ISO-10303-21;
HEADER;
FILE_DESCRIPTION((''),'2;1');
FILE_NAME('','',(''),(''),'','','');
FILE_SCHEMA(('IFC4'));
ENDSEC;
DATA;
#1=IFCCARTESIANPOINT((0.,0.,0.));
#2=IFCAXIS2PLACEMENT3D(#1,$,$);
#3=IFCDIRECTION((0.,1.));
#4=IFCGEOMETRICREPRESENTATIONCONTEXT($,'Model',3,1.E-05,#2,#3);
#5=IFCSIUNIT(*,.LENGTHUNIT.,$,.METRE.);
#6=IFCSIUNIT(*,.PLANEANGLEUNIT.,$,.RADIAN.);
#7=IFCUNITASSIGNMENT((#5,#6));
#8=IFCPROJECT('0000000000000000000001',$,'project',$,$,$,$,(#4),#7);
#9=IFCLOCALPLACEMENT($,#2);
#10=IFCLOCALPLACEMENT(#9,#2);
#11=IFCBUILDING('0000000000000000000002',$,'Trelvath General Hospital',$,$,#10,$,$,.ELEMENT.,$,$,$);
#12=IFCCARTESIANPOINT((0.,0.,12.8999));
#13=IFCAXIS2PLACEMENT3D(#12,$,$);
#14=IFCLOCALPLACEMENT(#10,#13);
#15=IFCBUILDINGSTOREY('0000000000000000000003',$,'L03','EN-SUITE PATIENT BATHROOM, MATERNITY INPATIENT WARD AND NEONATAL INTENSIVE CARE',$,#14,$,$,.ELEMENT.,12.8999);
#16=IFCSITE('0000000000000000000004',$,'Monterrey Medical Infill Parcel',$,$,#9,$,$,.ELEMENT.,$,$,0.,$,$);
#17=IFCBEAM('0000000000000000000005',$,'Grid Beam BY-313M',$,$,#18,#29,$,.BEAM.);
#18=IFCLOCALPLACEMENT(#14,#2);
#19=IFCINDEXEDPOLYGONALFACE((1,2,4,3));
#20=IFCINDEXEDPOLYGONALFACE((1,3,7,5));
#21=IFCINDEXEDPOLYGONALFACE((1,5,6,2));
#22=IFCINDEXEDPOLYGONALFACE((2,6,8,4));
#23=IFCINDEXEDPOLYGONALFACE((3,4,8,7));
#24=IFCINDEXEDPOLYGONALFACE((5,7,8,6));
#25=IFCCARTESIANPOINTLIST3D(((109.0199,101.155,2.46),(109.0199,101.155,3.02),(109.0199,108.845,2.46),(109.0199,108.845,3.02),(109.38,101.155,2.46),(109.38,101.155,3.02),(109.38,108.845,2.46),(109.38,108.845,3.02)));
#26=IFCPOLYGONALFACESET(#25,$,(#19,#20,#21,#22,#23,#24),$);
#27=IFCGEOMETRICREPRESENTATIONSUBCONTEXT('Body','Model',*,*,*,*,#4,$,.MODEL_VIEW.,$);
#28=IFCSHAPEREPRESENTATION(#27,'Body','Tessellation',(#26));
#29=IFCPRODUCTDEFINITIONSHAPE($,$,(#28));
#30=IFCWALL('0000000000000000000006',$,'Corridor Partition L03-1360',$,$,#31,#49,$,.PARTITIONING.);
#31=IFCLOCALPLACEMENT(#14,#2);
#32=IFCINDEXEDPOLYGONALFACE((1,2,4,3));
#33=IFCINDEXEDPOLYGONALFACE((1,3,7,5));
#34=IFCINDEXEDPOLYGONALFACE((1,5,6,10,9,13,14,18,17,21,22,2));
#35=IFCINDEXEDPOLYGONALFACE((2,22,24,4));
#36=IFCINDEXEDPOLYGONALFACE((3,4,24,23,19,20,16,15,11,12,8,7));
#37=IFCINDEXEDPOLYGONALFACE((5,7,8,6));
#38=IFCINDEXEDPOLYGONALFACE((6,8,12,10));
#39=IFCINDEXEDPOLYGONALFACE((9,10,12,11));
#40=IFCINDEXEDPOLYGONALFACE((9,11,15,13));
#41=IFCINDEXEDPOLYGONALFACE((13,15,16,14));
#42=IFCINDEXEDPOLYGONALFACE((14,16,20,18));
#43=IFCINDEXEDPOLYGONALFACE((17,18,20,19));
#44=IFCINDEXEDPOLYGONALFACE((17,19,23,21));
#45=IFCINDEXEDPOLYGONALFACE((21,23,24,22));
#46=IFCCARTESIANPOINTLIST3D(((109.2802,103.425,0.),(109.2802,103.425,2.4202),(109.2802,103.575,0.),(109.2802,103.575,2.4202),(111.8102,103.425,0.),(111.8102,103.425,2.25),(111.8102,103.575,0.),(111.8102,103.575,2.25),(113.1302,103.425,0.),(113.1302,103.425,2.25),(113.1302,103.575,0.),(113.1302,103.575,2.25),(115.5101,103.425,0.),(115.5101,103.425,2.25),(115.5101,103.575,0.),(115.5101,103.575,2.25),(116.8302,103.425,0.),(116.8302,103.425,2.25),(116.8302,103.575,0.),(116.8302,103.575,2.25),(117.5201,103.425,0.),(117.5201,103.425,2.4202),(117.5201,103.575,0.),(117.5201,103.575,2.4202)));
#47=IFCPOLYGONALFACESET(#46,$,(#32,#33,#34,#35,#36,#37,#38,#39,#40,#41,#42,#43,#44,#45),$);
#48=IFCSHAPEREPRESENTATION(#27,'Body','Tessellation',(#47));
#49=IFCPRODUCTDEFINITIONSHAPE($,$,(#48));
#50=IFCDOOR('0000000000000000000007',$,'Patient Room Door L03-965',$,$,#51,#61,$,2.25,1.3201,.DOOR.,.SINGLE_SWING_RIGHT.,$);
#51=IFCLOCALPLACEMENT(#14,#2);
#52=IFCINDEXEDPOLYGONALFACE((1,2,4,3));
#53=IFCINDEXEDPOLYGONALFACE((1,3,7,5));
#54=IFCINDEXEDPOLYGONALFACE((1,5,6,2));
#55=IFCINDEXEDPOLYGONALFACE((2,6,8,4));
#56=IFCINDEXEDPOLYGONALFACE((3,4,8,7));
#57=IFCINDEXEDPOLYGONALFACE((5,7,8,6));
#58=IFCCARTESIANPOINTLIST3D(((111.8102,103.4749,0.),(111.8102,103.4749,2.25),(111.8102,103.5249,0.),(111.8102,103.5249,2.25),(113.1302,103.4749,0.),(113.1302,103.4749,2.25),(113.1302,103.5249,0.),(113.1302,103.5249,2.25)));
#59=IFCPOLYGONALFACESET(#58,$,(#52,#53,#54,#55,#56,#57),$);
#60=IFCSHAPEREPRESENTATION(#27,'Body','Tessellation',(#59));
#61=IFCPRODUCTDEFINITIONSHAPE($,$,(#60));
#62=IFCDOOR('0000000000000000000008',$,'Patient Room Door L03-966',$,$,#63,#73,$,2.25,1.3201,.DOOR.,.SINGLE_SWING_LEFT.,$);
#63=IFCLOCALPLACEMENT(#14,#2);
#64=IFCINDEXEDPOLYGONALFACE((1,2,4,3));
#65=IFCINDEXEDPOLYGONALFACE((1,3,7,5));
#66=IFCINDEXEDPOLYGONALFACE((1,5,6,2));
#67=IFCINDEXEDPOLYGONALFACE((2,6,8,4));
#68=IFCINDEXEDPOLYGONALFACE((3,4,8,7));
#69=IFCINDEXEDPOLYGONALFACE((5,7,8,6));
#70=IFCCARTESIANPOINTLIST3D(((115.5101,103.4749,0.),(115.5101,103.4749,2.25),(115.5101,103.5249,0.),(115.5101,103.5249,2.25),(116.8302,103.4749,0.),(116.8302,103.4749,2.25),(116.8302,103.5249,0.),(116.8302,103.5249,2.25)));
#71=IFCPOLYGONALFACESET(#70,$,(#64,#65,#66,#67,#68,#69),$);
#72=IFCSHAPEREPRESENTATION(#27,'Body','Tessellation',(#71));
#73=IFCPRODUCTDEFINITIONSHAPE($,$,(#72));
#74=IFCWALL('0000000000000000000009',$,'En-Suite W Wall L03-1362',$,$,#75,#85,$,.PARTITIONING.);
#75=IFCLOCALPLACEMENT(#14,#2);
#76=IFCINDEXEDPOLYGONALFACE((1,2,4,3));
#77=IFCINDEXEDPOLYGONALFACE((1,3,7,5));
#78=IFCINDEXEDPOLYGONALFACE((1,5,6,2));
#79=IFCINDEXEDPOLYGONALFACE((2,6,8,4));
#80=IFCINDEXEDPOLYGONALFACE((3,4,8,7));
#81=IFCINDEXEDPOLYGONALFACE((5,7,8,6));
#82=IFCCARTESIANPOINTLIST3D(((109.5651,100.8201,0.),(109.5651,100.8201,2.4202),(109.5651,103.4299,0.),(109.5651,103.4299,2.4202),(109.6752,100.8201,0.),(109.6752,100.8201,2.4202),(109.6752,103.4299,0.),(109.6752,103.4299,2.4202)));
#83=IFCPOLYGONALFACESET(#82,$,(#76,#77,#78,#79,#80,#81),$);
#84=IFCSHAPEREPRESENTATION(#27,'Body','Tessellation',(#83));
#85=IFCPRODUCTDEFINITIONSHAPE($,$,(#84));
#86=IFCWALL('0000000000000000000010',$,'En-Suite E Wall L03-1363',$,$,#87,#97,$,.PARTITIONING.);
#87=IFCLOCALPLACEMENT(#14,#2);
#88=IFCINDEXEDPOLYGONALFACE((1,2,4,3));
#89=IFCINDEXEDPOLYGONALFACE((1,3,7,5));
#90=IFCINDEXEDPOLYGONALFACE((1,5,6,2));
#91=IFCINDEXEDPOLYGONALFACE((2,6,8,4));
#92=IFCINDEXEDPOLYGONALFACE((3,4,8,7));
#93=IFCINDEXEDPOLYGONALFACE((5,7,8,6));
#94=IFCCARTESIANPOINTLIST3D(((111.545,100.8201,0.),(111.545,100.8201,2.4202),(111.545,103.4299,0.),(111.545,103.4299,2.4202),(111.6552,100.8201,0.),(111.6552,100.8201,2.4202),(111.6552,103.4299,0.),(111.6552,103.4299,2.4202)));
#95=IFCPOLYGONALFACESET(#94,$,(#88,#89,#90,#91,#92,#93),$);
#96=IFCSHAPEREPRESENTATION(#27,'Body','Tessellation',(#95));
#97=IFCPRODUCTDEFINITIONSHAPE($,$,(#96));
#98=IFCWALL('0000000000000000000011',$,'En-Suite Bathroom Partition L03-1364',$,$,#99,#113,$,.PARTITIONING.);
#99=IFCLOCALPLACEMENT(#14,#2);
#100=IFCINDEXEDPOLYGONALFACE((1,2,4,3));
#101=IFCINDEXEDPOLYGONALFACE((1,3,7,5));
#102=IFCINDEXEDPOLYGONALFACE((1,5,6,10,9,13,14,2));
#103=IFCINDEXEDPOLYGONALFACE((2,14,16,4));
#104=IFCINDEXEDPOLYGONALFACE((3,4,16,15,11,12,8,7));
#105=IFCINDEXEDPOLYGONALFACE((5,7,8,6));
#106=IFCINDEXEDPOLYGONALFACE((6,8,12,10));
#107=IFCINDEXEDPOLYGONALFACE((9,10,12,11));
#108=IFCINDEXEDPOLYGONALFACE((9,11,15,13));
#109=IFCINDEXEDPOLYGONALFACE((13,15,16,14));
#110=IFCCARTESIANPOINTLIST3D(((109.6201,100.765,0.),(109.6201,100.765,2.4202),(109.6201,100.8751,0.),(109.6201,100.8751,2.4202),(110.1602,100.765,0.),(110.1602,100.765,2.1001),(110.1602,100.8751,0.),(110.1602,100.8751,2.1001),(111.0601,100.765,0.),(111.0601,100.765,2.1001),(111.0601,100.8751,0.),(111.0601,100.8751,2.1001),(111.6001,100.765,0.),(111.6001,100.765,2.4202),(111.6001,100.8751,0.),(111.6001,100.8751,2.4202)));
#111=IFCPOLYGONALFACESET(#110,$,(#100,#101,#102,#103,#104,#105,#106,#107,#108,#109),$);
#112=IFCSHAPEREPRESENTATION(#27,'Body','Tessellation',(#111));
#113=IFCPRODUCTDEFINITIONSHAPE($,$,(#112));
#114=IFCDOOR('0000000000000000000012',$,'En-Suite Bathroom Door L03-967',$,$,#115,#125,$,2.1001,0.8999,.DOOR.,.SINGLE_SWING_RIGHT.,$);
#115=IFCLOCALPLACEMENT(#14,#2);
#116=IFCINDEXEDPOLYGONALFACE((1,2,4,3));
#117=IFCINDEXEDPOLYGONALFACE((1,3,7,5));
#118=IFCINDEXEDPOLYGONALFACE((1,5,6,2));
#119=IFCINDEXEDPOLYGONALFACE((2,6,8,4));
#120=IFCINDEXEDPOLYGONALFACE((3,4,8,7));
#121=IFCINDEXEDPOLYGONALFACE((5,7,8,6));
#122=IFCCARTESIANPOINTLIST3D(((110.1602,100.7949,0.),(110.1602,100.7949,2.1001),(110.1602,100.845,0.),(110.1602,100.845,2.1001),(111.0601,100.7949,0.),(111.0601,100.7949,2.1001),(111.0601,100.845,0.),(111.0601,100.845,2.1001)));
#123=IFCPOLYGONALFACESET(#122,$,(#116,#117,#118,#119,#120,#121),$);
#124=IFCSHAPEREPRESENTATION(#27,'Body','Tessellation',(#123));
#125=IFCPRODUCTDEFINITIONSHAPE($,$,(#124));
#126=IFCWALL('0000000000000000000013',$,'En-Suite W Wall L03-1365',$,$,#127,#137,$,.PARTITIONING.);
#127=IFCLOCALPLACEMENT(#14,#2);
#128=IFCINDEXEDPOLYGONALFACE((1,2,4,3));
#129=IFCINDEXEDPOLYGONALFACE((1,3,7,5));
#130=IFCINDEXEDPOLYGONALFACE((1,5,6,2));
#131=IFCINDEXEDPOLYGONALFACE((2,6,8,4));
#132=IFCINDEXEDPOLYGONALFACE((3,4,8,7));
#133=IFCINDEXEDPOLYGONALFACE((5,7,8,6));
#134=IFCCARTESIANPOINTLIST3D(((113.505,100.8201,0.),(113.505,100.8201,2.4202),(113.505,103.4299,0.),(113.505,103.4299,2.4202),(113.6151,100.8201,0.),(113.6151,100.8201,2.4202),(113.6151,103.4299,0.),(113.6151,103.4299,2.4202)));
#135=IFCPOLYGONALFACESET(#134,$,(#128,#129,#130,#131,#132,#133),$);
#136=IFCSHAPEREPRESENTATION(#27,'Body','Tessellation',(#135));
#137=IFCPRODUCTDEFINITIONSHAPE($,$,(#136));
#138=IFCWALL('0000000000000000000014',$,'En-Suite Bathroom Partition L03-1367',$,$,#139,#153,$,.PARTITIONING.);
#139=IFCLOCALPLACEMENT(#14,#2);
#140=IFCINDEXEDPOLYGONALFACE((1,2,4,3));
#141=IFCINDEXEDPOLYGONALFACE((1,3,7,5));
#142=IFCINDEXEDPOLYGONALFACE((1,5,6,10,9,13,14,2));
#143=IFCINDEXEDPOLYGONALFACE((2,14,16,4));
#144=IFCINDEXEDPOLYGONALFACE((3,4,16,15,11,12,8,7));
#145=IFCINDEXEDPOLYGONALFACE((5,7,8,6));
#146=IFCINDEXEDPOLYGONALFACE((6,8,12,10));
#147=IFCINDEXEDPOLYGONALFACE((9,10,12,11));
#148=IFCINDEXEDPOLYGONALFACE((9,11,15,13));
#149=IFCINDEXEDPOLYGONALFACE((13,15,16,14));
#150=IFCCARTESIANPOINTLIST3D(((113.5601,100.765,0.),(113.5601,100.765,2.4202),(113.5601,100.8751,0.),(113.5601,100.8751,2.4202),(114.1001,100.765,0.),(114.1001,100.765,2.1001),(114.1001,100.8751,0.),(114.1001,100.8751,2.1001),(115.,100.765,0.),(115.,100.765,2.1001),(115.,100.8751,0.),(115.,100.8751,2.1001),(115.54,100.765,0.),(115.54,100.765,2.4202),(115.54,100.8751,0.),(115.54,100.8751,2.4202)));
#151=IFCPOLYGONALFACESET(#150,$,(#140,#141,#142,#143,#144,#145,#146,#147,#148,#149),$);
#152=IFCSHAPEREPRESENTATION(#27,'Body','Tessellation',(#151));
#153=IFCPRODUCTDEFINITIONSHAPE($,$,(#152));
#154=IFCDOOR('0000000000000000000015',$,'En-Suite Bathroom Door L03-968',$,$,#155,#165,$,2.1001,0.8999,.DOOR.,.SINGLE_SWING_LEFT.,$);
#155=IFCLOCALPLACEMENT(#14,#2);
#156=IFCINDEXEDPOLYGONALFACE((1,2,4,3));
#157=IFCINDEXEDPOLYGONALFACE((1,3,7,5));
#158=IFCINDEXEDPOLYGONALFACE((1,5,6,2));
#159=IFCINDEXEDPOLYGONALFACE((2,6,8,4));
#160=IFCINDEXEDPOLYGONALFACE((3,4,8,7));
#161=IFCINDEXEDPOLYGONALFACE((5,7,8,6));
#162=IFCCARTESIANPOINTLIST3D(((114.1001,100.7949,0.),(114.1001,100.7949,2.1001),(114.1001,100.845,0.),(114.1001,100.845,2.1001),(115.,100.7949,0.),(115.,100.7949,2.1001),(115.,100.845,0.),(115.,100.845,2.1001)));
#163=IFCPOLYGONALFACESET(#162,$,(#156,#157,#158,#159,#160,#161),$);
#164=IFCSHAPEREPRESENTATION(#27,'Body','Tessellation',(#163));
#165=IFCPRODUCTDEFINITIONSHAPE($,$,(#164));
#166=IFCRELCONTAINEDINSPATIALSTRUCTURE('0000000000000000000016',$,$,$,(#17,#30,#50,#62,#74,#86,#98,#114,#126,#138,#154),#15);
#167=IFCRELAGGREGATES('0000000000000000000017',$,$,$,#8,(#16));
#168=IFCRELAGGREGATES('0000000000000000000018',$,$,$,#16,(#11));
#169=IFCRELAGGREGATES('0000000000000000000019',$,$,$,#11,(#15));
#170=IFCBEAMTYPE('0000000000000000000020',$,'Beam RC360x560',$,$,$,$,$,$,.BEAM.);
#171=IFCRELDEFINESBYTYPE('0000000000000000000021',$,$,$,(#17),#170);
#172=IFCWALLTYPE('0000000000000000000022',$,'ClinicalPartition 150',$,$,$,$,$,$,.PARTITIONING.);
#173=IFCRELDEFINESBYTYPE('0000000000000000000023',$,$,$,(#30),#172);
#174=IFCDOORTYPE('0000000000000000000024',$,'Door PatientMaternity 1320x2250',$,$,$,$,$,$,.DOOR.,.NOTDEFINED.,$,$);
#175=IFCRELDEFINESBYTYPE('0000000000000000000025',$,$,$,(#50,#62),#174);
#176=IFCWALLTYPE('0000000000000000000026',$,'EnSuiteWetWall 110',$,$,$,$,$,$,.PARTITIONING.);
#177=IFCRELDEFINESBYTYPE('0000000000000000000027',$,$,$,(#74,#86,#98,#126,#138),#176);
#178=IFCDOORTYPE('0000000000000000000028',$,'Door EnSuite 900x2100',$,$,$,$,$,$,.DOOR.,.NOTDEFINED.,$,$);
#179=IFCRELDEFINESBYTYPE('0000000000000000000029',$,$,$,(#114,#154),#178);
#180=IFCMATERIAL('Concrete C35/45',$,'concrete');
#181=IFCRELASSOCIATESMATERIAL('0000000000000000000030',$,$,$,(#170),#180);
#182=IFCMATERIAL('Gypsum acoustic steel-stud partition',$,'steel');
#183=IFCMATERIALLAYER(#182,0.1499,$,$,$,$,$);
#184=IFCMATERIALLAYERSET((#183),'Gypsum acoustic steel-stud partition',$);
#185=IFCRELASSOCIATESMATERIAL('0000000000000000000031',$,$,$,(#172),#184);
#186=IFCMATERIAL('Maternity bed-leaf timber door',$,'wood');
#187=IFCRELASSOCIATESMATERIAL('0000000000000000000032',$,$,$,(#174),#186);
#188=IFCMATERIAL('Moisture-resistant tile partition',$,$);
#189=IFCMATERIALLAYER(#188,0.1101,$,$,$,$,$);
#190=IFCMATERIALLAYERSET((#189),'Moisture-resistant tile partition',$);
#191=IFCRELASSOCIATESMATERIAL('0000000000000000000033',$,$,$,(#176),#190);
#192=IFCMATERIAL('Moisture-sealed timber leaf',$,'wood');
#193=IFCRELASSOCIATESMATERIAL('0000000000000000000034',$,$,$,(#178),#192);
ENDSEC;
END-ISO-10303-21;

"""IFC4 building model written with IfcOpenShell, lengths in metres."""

from ifc_helpers import new_model, si_unit, direction, frame, frame_2d, origin, origin_2d, place, context, subcontext, project, spatial, rectangle, extrude, material, layer, layer_set, material_profile, profile_set, type_object, element, fill, save


model = new_model("IFC4")

# Units and contexts
model_context = context("Model", 3, precision=1e-05, world=origin(), true_north=direction((0.0, 1.0)))
body_context = subcontext(model_context, "Body", "Model", "MODEL_VIEW")
ifc_project = project(units=[si_unit("LENGTHUNIT", "METRE"), si_unit("PLANEANGLEUNIT", "RADIAN")], contexts=[model_context])

# Site, building, storey
site_placement = place(None, origin())
site = spatial("IfcSite", under=ifc_project, at=site_placement, Name="Monterrey Medical Infill Parcel", CompositionType="ELEMENT", RefElevation=0.0)
building_placement = place(site_placement, origin())
building = spatial("IfcBuilding", under=site, at=building_placement, Name="Trelvath General Hospital", CompositionType="ELEMENT")
storey_placement = place(building_placement, frame((0.0, 0.0, 12.8999)))
storey = spatial("IfcBuildingStorey", under=building, at=storey_placement, Name="L03", Description="EN-SUITE PATIENT BATHROOM, MATERNITY INPATIENT WARD AND NEONATAL INTENSIVE CARE", CompositionType="ELEMENT", Elevation=12.8999)

# Beam
ifc_material_1 = material(Name="Concrete C35/45", Category="concrete")
ifc_material_profile = material_profile(ifc_material_1, rectangle(XDim=0.3601, YDim=0.5601, at=origin_2d()), Name="RCB360x560")
ifc_profile_set = profile_set([ifc_material_profile], Name="Concrete C35/45")
beam_type = type_object("IfcBeamType", Name="Beam RC360x560", PredefinedType="BEAM", material=ifc_profile_set)
beam_placement = place(storey_placement, frame((109.2, 101.155, 2.74), z_axis=(0.0, 1.0, 0.0), x_axis=(-1.0, 0.0, 0.0)))
element("IfcBeam", 1, at=beam_placement, inside=storey, type_object=beam_type, Name="Grid Beam BY-313M", PredefinedType="BEAM", context=body_context, shape_type="SweptSolid", body=[
    extrude(rectangle(XDim=0.3601, YDim=0.5601, at=origin_2d()), origin(), (0.0, 0.0, 1.0), 7.6899),
])

# Wall, openings, doors
ifc_material_2 = material(Name="Gypsum acoustic steel-stud partition", Category="steel")
ifc_layer_1 = layer(ifc_material_2, 0.1499)
ifc_layer_set_1 = layer_set([ifc_layer_1], Name="Gypsum acoustic steel-stud partition")
wall_type_1 = type_object("IfcWallType", Name="ClinicalPartition 150", PredefinedType="PARTITIONING", material=ifc_layer_set_1)
wall_1_placement = place(storey_placement, frame((109.28, 103.5, 0.0), z_axis=(0.0, 0.0, 1.0), x_axis=(1.0, 0.0, 0.0)))
wall_1 = element("IfcWall", 2, at=wall_1_placement, inside=storey, type_object=wall_type_1, Name="Corridor Partition L03-1360", PredefinedType="PARTITIONING", context=body_context, shape_type="SweptSolid", body=[
    extrude(rectangle(XDim=8.24, YDim=0.1499, at=frame_2d((4.1201, 0.0))), origin(), (0.0, 0.0, 1.0), 2.4202),
])
opening_1_placement = place(wall_1_placement, frame((2.53, 0.0, 0.0)))
opening_1 = element("IfcOpeningElement", 3, at=opening_1_placement, cuts=wall_1, PredefinedType="OPENING", context=body_context, shape_type="SweptSolid", body=[
    extrude(rectangle(XDim=1.3201, YDim=2.25, at=frame_2d((0.6602, 1.125))), frame((0.0, 0.085, 0.0), z_axis=(0.0, -1.0, 0.0), x_axis=(1.0, 0.0, 0.0)), (0.0, 0.0, 1.0), 0.1699),
])
opening_2_placement = place(wall_1_placement, frame((6.23, 0.0, 0.0)))
opening_2 = element("IfcOpeningElement", 4, at=opening_2_placement, cuts=wall_1, PredefinedType="OPENING", context=body_context, shape_type="SweptSolid", body=[
    extrude(rectangle(XDim=1.3201, YDim=2.25, at=frame_2d((0.6602, 1.125))), frame((0.0, 0.085, 0.0), z_axis=(0.0, -1.0, 0.0), x_axis=(1.0, 0.0, 0.0)), (0.0, 0.0, 1.0), 0.1699),
])
ifc_material_3 = material(Name="Maternity bed-leaf timber door", Category="wood")
door_type_1 = type_object("IfcDoorType", Name="Door PatientMaternity 1320x2250", OperationType="NOTDEFINED", PredefinedType="DOOR", material=ifc_material_3)
door_1_placement = place(opening_1_placement, origin())
door_1 = element("IfcDoor", 5, at=door_1_placement, inside=storey, type_object=door_type_1, Name="Patient Room Door L03-965", OperationType="SINGLE_SWING_RIGHT", OverallHeight=2.25, OverallWidth=1.3201, PredefinedType="DOOR", context=body_context, shape_type="SweptSolid", body=[
    extrude(rectangle(XDim=1.3201, YDim=2.25, at=frame_2d((0.6602, 1.125))), frame((0.0, 0.0249, 0.0), z_axis=(0.0, -1.0, 0.0), x_axis=(1.0, 0.0, 0.0)), (0.0, 0.0, 1.0), 0.05),
])
fill(opening_1, door_1)
door_2_placement = place(opening_2_placement, origin())
door_2 = element("IfcDoor", 6, at=door_2_placement, inside=storey, type_object=door_type_1, Name="Patient Room Door L03-966", OperationType="SINGLE_SWING_LEFT", OverallHeight=2.25, OverallWidth=1.3201, PredefinedType="DOOR", context=body_context, shape_type="SweptSolid", body=[
    extrude(rectangle(XDim=1.3201, YDim=2.25, at=frame_2d((0.6602, 1.125))), frame((0.0, 0.0249, 0.0), z_axis=(0.0, -1.0, 0.0), x_axis=(1.0, 0.0, 0.0)), (0.0, 0.0, 1.0), 0.05),
])
fill(opening_2, door_2)

# Walls
ifc_material_4 = material(Name="Moisture-resistant tile partition")
ifc_layer_2 = layer(ifc_material_4, 0.1101)
ifc_layer_set_2 = layer_set([ifc_layer_2], Name="Moisture-resistant tile partition")
wall_type_2 = type_object("IfcWallType", Name="EnSuiteWetWall 110", PredefinedType="PARTITIONING", material=ifc_layer_set_2)
for number, where, z_axis, x_axis, name in (
    (7, (109.6201, 100.8201, 0.0), (0.0, 0.0, 1.0), (0.0, 1.0, 0.0), "En-Suite W Wall L03-1362"),
    (8, (111.6001, 100.8201, 0.0), (0.0, 0.0, 1.0), (0.0, 1.0, 0.0), "En-Suite E Wall L03-1363"),
):
    element("IfcWall", number, at=place(storey_placement, frame(where, z_axis=z_axis, x_axis=x_axis)), inside=storey, type_object=wall_type_2, Name=name, PredefinedType="PARTITIONING", context=body_context, shape_type="SweptSolid", body=[
        extrude(rectangle(XDim=2.6099, YDim=0.1101, at=frame_2d((1.3049, 0.0))), origin(), (0.0, 0.0, 1.0), 2.4202),
    ])

# Wall, opening, door
wall_2_placement = place(storey_placement, frame((109.6201, 100.8201, 0.0), z_axis=(0.0, 0.0, 1.0), x_axis=(1.0, 0.0, 0.0)))
wall_2 = element("IfcWall", 9, at=wall_2_placement, inside=storey, type_object=wall_type_2, Name="En-Suite Bathroom Partition L03-1364", PredefinedType="PARTITIONING", context=body_context, shape_type="SweptSolid", body=[
    extrude(rectangle(XDim=1.98, YDim=0.1101, at=frame_2d((0.99, 0.0))), origin(), (0.0, 0.0, 1.0), 2.4202),
])
opening_3_placement = place(wall_2_placement, frame((0.54, 0.0, 0.0)))
opening_3 = element("IfcOpeningElement", 10, at=opening_3_placement, cuts=wall_2, PredefinedType="OPENING", context=body_context, shape_type="SweptSolid", body=[
    extrude(rectangle(XDim=0.8999, YDim=2.1001, at=frame_2d((0.45, 1.05))), frame((0.0, 0.0649, 0.0), z_axis=(0.0, -1.0, 0.0), x_axis=(1.0, 0.0, 0.0)), (0.0, 0.0, 1.0), 0.1301),
])
ifc_material_5 = material(Name="Moisture-sealed timber leaf", Category="wood")
door_type_2 = type_object("IfcDoorType", Name="Door EnSuite 900x2100", OperationType="NOTDEFINED", PredefinedType="DOOR", material=ifc_material_5)
door_3_placement = place(opening_3_placement, origin())
door_3 = element("IfcDoor", 11, at=door_3_placement, inside=storey, type_object=door_type_2, Name="En-Suite Bathroom Door L03-967", OperationType="SINGLE_SWING_RIGHT", OverallHeight=2.1001, OverallWidth=0.8999, PredefinedType="DOOR", context=body_context, shape_type="SweptSolid", body=[
    extrude(rectangle(XDim=0.8999, YDim=2.1001, at=frame_2d((0.45, 1.05))), frame((0.0, 0.0249, 0.0), z_axis=(0.0, -1.0, 0.0), x_axis=(1.0, 0.0, 0.0)), (0.0, 0.0, 1.0), 0.05),
])
fill(opening_3, door_3)

# Wall
wall_3_placement = place(storey_placement, frame((113.5601, 100.8201, 0.0), z_axis=(0.0, 0.0, 1.0), x_axis=(0.0, 1.0, 0.0)))
element("IfcWall", 12, at=wall_3_placement, inside=storey, type_object=wall_type_2, Name="En-Suite W Wall L03-1365", PredefinedType="PARTITIONING", context=body_context, shape_type="SweptSolid", body=[
    extrude(rectangle(XDim=2.6099, YDim=0.1101, at=frame_2d((1.3049, 0.0))), origin(), (0.0, 0.0, 1.0), 2.4202),
])

# Wall, opening, door
wall_4_placement = place(storey_placement, frame((113.5601, 100.8201, 0.0), z_axis=(0.0, 0.0, 1.0), x_axis=(1.0, 0.0, 0.0)))
wall_4 = element("IfcWall", 13, at=wall_4_placement, inside=storey, type_object=wall_type_2, Name="En-Suite Bathroom Partition L03-1367", PredefinedType="PARTITIONING", context=body_context, shape_type="SweptSolid", body=[
    extrude(rectangle(XDim=1.98, YDim=0.1101, at=frame_2d((0.99, 0.0))), origin(), (0.0, 0.0, 1.0), 2.4202),
])
opening_4_placement = place(wall_4_placement, frame((0.54, 0.0, 0.0)))
opening_4 = element("IfcOpeningElement", 14, at=opening_4_placement, cuts=wall_4, PredefinedType="OPENING", context=body_context, shape_type="SweptSolid", body=[
    extrude(rectangle(XDim=0.8999, YDim=2.1001, at=frame_2d((0.45, 1.05))), frame((0.0, 0.0649, 0.0), z_axis=(0.0, -1.0, 0.0), x_axis=(1.0, 0.0, 0.0)), (0.0, 0.0, 1.0), 0.1301),
])
door_4_placement = place(opening_4_placement, origin())
door_4 = element("IfcDoor", 15, at=door_4_placement, inside=storey, type_object=door_type_2, Name="En-Suite Bathroom Door L03-968", OperationType="SINGLE_SWING_LEFT", OverallHeight=2.1001, OverallWidth=0.8999, PredefinedType="DOOR", context=body_context, shape_type="SweptSolid", body=[
    extrude(rectangle(XDim=0.8999, YDim=2.1001, at=frame_2d((0.45, 1.05))), frame((0.0, 0.0249, 0.0), z_axis=(0.0, -1.0, 0.0), x_axis=(1.0, 0.0, 0.0)), (0.0, 0.0, 1.0), 0.05),
])
fill(opening_4, door_4)

save(model, "model.ifc")
